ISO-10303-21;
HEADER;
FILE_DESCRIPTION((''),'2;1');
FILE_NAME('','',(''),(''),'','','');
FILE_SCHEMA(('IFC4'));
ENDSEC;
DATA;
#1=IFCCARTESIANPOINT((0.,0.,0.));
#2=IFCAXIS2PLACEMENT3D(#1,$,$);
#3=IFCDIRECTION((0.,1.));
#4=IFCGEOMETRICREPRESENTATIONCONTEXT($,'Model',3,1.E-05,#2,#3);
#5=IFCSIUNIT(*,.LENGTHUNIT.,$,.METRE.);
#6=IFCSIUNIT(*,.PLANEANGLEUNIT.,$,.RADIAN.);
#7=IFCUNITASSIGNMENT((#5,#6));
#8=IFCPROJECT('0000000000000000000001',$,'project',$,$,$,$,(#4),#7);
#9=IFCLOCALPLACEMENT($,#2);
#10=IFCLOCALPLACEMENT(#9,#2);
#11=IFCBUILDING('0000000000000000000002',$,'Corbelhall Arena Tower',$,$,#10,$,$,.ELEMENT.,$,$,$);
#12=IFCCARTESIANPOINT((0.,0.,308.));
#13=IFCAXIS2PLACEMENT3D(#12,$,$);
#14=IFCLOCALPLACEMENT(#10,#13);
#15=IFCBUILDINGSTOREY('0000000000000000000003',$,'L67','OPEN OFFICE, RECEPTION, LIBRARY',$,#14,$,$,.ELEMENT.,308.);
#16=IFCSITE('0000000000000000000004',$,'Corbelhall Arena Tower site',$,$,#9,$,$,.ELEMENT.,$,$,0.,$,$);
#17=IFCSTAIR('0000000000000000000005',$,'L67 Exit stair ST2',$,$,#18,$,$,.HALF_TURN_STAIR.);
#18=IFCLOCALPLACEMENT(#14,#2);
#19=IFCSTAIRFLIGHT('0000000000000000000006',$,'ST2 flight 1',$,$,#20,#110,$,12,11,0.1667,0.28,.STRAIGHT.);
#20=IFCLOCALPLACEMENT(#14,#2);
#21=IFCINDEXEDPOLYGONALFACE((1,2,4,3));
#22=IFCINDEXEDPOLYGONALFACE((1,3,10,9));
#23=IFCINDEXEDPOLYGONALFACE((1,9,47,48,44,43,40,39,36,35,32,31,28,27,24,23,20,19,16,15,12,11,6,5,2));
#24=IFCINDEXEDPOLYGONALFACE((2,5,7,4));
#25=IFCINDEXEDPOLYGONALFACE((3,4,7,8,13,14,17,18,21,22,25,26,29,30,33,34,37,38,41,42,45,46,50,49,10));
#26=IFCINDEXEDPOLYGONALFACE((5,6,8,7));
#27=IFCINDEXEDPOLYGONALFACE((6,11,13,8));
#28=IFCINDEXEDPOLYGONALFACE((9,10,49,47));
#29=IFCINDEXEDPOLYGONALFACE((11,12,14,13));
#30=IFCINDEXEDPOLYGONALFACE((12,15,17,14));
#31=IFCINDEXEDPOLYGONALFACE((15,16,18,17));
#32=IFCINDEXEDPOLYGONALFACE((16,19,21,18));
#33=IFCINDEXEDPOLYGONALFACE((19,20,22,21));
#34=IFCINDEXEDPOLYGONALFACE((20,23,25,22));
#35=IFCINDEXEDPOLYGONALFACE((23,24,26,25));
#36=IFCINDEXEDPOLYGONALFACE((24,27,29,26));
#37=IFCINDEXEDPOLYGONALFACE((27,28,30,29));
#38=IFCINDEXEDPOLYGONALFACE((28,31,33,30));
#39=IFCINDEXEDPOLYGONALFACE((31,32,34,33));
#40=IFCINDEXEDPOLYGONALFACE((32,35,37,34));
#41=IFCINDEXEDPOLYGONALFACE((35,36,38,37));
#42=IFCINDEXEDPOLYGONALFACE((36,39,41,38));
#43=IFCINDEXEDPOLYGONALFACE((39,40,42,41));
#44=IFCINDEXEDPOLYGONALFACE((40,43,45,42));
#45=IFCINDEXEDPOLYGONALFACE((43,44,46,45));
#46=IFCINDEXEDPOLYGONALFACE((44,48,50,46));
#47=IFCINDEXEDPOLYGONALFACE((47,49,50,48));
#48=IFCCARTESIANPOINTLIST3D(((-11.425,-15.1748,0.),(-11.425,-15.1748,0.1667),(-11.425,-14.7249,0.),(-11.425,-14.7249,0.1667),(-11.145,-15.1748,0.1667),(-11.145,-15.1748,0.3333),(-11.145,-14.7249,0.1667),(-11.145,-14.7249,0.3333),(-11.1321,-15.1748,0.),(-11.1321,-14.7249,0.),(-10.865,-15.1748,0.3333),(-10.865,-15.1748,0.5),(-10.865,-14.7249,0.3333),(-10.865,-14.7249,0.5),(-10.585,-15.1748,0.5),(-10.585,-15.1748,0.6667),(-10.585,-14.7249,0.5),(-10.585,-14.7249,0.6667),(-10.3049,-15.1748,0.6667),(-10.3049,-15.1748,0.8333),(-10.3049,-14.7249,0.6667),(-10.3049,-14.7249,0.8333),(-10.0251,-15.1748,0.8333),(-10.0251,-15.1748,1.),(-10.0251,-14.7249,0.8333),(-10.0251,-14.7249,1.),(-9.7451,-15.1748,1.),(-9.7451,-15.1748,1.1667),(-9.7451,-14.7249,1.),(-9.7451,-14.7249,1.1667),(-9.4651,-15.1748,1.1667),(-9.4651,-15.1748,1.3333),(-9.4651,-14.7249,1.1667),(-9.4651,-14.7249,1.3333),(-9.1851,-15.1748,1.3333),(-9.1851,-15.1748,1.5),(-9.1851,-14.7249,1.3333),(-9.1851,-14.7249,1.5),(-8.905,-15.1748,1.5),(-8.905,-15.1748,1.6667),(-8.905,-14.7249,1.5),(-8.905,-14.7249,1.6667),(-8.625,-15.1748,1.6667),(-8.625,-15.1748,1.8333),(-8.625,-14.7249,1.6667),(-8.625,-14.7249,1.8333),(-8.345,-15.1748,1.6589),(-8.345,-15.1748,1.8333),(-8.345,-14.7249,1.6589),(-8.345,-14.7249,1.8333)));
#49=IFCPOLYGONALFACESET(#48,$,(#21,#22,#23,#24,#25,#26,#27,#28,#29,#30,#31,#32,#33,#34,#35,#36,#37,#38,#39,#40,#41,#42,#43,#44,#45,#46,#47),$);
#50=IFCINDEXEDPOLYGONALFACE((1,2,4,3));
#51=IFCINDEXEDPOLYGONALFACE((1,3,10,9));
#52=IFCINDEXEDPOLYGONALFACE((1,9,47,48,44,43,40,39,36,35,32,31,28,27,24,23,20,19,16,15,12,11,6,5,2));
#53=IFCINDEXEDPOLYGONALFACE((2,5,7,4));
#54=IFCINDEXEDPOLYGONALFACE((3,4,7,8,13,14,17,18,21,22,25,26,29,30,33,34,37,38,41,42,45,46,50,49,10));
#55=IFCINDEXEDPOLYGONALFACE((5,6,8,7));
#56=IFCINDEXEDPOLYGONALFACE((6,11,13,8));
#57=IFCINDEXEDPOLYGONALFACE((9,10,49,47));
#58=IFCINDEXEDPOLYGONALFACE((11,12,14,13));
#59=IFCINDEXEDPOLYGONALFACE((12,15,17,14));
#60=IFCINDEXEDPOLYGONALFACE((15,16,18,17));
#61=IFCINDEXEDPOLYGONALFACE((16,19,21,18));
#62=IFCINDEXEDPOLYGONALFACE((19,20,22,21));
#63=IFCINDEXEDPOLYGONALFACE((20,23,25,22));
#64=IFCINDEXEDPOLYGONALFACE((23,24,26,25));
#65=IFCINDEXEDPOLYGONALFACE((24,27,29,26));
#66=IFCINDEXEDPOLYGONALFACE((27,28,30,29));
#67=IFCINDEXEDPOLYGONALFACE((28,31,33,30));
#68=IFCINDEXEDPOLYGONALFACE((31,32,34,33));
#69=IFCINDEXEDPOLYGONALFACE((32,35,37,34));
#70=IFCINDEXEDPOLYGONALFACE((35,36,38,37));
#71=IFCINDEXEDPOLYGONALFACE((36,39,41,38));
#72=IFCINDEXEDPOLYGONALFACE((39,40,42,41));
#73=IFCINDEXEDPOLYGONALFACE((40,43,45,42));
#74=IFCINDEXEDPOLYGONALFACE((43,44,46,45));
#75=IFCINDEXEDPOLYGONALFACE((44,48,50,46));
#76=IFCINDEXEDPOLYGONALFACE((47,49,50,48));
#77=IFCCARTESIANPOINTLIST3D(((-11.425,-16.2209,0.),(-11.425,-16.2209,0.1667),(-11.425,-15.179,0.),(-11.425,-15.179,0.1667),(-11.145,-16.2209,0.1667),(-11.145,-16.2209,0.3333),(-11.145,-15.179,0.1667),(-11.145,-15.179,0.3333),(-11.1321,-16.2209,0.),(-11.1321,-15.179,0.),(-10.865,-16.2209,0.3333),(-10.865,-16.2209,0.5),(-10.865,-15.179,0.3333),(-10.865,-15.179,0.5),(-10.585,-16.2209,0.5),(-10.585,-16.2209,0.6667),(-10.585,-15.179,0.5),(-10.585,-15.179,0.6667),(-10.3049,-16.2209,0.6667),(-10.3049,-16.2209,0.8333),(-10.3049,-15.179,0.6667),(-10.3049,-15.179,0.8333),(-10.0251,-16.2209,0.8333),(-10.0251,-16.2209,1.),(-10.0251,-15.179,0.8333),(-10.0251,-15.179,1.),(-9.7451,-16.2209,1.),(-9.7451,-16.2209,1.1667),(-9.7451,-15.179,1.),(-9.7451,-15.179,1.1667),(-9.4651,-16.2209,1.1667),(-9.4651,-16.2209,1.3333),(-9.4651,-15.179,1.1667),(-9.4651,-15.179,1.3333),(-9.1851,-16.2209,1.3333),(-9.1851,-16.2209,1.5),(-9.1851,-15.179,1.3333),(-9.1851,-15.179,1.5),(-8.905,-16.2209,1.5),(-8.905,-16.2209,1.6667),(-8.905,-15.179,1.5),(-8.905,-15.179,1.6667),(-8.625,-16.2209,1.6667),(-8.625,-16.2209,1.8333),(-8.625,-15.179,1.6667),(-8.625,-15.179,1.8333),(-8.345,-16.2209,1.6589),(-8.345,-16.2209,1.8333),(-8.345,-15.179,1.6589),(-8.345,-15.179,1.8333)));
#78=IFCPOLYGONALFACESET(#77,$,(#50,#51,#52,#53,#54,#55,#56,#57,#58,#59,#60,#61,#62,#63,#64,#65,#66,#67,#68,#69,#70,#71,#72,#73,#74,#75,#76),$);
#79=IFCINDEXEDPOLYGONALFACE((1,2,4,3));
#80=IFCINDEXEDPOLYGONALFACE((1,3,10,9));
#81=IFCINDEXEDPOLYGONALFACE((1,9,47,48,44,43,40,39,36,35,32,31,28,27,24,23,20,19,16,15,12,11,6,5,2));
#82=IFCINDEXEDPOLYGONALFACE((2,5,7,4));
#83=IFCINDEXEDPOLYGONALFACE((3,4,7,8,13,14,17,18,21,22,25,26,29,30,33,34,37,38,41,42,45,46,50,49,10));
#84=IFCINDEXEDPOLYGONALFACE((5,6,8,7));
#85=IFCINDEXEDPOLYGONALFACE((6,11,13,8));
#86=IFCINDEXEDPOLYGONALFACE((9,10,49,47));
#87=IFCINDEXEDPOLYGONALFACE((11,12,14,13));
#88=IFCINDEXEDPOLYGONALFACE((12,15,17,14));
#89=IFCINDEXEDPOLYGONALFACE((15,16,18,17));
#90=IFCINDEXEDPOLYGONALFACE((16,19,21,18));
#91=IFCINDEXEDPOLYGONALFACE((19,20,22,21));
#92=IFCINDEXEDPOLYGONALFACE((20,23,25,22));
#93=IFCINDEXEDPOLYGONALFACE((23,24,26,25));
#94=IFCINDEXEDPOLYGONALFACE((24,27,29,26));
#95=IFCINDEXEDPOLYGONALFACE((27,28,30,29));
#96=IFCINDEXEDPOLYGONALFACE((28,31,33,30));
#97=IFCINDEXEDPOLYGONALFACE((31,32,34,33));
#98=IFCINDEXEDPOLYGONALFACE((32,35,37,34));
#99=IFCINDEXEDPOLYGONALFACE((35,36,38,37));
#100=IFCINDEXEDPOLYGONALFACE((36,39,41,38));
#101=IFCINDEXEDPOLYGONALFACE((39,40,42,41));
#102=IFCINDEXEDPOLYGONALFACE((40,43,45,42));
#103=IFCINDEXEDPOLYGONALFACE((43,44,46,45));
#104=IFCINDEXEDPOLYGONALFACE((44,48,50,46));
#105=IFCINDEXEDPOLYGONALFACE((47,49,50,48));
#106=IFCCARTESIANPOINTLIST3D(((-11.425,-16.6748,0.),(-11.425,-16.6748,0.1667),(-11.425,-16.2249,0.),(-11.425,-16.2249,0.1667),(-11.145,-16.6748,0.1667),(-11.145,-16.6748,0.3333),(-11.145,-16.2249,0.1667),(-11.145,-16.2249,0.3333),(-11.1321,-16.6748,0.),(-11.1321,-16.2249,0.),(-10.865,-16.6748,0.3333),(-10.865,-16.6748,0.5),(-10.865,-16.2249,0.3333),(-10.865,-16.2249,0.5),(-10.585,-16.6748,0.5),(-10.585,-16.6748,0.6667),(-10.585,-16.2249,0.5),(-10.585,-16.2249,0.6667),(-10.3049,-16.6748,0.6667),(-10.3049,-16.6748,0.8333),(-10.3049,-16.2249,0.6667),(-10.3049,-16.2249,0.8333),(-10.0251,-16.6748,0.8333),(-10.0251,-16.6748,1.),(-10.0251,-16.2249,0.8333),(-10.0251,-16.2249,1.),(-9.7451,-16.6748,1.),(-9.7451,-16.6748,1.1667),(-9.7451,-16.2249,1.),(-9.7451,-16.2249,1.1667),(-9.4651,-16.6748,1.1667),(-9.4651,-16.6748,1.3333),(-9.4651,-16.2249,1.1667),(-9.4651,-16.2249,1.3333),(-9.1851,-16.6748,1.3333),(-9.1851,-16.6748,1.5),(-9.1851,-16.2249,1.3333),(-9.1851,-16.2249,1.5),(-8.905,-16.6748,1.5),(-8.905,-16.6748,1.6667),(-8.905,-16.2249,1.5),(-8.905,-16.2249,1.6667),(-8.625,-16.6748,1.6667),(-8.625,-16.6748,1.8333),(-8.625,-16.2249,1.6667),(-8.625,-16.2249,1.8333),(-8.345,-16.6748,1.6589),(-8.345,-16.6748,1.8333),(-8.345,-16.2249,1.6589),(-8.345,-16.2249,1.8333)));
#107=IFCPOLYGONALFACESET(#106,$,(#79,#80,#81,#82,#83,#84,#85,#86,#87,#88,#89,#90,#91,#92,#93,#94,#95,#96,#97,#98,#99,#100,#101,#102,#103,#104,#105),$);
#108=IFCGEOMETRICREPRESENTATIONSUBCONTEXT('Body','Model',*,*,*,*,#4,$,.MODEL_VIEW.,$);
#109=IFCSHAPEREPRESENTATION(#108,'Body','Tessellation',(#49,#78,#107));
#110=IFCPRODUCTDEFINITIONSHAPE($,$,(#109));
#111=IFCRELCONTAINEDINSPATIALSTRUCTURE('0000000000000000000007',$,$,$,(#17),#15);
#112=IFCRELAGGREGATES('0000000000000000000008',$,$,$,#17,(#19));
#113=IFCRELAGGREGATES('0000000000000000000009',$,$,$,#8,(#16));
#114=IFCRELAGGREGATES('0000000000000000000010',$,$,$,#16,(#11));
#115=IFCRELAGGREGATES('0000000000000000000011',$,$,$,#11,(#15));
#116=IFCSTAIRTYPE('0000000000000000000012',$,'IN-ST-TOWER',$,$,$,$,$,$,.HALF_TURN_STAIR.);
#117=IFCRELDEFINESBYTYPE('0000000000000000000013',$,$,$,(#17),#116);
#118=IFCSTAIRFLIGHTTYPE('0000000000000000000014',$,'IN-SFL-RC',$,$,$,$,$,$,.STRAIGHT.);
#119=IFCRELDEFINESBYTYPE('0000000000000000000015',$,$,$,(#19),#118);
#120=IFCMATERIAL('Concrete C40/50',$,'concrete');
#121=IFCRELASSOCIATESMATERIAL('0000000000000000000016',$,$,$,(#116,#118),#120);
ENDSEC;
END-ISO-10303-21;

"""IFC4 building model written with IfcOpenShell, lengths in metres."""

from ifc_helpers import new_model, si_unit, direction, frame, origin, place, context, subcontext, project, spatial, polyline, outline, extrude, material, type_object, element, aggregate, save


model = new_model("IFC4")

# Units and contexts
model_context = context("Model", 3, precision=1e-05, world=origin(), true_north=direction((0.0, 1.0)))
body_context = subcontext(model_context, "Body", "Model", "MODEL_VIEW")
ifc_project = project(units=[si_unit("LENGTHUNIT", "METRE"), si_unit("PLANEANGLEUNIT", "RADIAN")], contexts=[model_context])

# Site, building, storey
site_placement = place(None, origin())
site = spatial("IfcSite", under=ifc_project, at=site_placement, Name="Corbelhall Arena Tower site", CompositionType="ELEMENT", RefElevation=0.0)
building_placement = place(site_placement, origin())
building = spatial("IfcBuilding", under=site, at=building_placement, Name="Corbelhall Arena Tower", CompositionType="ELEMENT")
storey_placement = place(building_placement, frame((0.0, 0.0, 308.0)))
storey = spatial("IfcBuildingStorey", under=building, at=storey_placement, Name="L67", Description="OPEN OFFICE, RECEPTION, LIBRARY", CompositionType="ELEMENT", Elevation=308.0)

# Shared definitions
ifc_material_1 = material(Name="Concrete C40/50", Category="concrete")

# Stair, stair flight
stair_type = type_object("IfcStairType", Name="IN-ST-TOWER", PredefinedType="HALF_TURN_STAIR", material=ifc_material_1)
stair_placement = place(storey_placement, origin())
stair = element("IfcStair", 1, at=stair_placement, inside=storey, type_object=stair_type, Name="L67 Exit stair ST2", PredefinedType="HALF_TURN_STAIR")
stair_flight_type = type_object("IfcStairFlightType", Name="IN-SFL-RC", PredefinedType="STRAIGHT", material=ifc_material_1)
stair_flight_1_placement = place(storey_placement, frame((-11.425, -15.7, 0.0), z_axis=(0.0, 0.0, 1.0), x_axis=(1.0, 0.0, 0.0)))
stair_flight_1 = element("IfcStairFlight", 2, at=stair_flight_1_placement, type_object=stair_flight_type, Name="ST2 flight 1", NumberOfRisers=12, NumberOfTreads=11, PredefinedType="STRAIGHT", RiserHeight=0.1667, TreadLength=0.28, context=body_context, shape_type="SweptSolid", body=[
    extrude(outline(polyline([(0.0, 0.0), (0.0, 0.1667), (0.28, 0.1667), (0.28, 0.3333), (0.5601, 0.3333), (0.5601, 0.5), (0.8401, 0.5), (0.8401, 0.6667), (1.1201, 0.6667), (1.1201, 0.8333), (1.3999, 0.8333), (1.3999, 1.0), (1.6799, 1.0), (1.6799, 1.1667), (1.96, 1.1667), (1.96, 1.3333), (2.24, 1.3333), (2.24, 1.5), (2.52, 1.5), (2.52, 1.6667), (2.8, 1.6667), (2.8, 1.8333), (3.0801, 1.8333), (3.0801, 2.0), (3.0801, 1.6589), (0.293, 0.0), (0.0, 0.0)])), frame((0.0, 0.9751, 0.0), z_axis=(0.0, -1.0, 0.0), x_axis=(1.0, 0.0, 0.0)), (0.0, 0.0, 1.0), 0.45),
    extrude(outline(polyline([(0.0, 0.0), (0.0, 0.1667), (0.28, 0.1667), (0.28, 0.3333), (0.5601, 0.3333), (0.5601, 0.5), (0.8401, 0.5), (0.8401, 0.6667), (1.1201, 0.6667), (1.1201, 0.8333), (1.3999, 0.8333), (1.3999, 1.0), (1.6799, 1.0), (1.6799, 1.1667), (1.96, 1.1667), (1.96, 1.3333), (2.24, 1.3333), (2.24, 1.5), (2.52, 1.5), (2.52, 1.6667), (2.8, 1.6667), (2.8, 1.8333), (3.0801, 1.8333), (3.0801, 2.0), (3.0801, 1.6589), (0.293, 0.0), (0.0, 0.0)])), frame((0.0, 0.521, 0.0), z_axis=(0.0, -1.0, 0.0), x_axis=(1.0, 0.0, 0.0)), (0.0, 0.0, 1.0), 1.042),
    extrude(outline(polyline([(0.0, 0.0), (0.0, 0.1667), (0.28, 0.1667), (0.28, 0.3333), (0.5601, 0.3333), (0.5601, 0.5), (0.8401, 0.5), (0.8401, 0.6667), (1.1201, 0.6667), (1.1201, 0.8333), (1.3999, 0.8333), (1.3999, 1.0), (1.6799, 1.0), (1.6799, 1.1667), (1.96, 1.1667), (1.96, 1.3333), (2.24, 1.3333), (2.24, 1.5), (2.52, 1.5), (2.52, 1.6667), (2.8, 1.6667), (2.8, 1.8333), (3.0801, 1.8333), (3.0801, 2.0), (3.0801, 1.6589), (0.293, 0.0), (0.0, 0.0)])), frame((0.0, -0.5249, 0.0), z_axis=(0.0, -1.0, 0.0), x_axis=(1.0, 0.0, 0.0)), (0.0, 0.0, 1.0), 0.45),
])
aggregate(stair, [stair_flight_1])

save(model, "model.ifc")
